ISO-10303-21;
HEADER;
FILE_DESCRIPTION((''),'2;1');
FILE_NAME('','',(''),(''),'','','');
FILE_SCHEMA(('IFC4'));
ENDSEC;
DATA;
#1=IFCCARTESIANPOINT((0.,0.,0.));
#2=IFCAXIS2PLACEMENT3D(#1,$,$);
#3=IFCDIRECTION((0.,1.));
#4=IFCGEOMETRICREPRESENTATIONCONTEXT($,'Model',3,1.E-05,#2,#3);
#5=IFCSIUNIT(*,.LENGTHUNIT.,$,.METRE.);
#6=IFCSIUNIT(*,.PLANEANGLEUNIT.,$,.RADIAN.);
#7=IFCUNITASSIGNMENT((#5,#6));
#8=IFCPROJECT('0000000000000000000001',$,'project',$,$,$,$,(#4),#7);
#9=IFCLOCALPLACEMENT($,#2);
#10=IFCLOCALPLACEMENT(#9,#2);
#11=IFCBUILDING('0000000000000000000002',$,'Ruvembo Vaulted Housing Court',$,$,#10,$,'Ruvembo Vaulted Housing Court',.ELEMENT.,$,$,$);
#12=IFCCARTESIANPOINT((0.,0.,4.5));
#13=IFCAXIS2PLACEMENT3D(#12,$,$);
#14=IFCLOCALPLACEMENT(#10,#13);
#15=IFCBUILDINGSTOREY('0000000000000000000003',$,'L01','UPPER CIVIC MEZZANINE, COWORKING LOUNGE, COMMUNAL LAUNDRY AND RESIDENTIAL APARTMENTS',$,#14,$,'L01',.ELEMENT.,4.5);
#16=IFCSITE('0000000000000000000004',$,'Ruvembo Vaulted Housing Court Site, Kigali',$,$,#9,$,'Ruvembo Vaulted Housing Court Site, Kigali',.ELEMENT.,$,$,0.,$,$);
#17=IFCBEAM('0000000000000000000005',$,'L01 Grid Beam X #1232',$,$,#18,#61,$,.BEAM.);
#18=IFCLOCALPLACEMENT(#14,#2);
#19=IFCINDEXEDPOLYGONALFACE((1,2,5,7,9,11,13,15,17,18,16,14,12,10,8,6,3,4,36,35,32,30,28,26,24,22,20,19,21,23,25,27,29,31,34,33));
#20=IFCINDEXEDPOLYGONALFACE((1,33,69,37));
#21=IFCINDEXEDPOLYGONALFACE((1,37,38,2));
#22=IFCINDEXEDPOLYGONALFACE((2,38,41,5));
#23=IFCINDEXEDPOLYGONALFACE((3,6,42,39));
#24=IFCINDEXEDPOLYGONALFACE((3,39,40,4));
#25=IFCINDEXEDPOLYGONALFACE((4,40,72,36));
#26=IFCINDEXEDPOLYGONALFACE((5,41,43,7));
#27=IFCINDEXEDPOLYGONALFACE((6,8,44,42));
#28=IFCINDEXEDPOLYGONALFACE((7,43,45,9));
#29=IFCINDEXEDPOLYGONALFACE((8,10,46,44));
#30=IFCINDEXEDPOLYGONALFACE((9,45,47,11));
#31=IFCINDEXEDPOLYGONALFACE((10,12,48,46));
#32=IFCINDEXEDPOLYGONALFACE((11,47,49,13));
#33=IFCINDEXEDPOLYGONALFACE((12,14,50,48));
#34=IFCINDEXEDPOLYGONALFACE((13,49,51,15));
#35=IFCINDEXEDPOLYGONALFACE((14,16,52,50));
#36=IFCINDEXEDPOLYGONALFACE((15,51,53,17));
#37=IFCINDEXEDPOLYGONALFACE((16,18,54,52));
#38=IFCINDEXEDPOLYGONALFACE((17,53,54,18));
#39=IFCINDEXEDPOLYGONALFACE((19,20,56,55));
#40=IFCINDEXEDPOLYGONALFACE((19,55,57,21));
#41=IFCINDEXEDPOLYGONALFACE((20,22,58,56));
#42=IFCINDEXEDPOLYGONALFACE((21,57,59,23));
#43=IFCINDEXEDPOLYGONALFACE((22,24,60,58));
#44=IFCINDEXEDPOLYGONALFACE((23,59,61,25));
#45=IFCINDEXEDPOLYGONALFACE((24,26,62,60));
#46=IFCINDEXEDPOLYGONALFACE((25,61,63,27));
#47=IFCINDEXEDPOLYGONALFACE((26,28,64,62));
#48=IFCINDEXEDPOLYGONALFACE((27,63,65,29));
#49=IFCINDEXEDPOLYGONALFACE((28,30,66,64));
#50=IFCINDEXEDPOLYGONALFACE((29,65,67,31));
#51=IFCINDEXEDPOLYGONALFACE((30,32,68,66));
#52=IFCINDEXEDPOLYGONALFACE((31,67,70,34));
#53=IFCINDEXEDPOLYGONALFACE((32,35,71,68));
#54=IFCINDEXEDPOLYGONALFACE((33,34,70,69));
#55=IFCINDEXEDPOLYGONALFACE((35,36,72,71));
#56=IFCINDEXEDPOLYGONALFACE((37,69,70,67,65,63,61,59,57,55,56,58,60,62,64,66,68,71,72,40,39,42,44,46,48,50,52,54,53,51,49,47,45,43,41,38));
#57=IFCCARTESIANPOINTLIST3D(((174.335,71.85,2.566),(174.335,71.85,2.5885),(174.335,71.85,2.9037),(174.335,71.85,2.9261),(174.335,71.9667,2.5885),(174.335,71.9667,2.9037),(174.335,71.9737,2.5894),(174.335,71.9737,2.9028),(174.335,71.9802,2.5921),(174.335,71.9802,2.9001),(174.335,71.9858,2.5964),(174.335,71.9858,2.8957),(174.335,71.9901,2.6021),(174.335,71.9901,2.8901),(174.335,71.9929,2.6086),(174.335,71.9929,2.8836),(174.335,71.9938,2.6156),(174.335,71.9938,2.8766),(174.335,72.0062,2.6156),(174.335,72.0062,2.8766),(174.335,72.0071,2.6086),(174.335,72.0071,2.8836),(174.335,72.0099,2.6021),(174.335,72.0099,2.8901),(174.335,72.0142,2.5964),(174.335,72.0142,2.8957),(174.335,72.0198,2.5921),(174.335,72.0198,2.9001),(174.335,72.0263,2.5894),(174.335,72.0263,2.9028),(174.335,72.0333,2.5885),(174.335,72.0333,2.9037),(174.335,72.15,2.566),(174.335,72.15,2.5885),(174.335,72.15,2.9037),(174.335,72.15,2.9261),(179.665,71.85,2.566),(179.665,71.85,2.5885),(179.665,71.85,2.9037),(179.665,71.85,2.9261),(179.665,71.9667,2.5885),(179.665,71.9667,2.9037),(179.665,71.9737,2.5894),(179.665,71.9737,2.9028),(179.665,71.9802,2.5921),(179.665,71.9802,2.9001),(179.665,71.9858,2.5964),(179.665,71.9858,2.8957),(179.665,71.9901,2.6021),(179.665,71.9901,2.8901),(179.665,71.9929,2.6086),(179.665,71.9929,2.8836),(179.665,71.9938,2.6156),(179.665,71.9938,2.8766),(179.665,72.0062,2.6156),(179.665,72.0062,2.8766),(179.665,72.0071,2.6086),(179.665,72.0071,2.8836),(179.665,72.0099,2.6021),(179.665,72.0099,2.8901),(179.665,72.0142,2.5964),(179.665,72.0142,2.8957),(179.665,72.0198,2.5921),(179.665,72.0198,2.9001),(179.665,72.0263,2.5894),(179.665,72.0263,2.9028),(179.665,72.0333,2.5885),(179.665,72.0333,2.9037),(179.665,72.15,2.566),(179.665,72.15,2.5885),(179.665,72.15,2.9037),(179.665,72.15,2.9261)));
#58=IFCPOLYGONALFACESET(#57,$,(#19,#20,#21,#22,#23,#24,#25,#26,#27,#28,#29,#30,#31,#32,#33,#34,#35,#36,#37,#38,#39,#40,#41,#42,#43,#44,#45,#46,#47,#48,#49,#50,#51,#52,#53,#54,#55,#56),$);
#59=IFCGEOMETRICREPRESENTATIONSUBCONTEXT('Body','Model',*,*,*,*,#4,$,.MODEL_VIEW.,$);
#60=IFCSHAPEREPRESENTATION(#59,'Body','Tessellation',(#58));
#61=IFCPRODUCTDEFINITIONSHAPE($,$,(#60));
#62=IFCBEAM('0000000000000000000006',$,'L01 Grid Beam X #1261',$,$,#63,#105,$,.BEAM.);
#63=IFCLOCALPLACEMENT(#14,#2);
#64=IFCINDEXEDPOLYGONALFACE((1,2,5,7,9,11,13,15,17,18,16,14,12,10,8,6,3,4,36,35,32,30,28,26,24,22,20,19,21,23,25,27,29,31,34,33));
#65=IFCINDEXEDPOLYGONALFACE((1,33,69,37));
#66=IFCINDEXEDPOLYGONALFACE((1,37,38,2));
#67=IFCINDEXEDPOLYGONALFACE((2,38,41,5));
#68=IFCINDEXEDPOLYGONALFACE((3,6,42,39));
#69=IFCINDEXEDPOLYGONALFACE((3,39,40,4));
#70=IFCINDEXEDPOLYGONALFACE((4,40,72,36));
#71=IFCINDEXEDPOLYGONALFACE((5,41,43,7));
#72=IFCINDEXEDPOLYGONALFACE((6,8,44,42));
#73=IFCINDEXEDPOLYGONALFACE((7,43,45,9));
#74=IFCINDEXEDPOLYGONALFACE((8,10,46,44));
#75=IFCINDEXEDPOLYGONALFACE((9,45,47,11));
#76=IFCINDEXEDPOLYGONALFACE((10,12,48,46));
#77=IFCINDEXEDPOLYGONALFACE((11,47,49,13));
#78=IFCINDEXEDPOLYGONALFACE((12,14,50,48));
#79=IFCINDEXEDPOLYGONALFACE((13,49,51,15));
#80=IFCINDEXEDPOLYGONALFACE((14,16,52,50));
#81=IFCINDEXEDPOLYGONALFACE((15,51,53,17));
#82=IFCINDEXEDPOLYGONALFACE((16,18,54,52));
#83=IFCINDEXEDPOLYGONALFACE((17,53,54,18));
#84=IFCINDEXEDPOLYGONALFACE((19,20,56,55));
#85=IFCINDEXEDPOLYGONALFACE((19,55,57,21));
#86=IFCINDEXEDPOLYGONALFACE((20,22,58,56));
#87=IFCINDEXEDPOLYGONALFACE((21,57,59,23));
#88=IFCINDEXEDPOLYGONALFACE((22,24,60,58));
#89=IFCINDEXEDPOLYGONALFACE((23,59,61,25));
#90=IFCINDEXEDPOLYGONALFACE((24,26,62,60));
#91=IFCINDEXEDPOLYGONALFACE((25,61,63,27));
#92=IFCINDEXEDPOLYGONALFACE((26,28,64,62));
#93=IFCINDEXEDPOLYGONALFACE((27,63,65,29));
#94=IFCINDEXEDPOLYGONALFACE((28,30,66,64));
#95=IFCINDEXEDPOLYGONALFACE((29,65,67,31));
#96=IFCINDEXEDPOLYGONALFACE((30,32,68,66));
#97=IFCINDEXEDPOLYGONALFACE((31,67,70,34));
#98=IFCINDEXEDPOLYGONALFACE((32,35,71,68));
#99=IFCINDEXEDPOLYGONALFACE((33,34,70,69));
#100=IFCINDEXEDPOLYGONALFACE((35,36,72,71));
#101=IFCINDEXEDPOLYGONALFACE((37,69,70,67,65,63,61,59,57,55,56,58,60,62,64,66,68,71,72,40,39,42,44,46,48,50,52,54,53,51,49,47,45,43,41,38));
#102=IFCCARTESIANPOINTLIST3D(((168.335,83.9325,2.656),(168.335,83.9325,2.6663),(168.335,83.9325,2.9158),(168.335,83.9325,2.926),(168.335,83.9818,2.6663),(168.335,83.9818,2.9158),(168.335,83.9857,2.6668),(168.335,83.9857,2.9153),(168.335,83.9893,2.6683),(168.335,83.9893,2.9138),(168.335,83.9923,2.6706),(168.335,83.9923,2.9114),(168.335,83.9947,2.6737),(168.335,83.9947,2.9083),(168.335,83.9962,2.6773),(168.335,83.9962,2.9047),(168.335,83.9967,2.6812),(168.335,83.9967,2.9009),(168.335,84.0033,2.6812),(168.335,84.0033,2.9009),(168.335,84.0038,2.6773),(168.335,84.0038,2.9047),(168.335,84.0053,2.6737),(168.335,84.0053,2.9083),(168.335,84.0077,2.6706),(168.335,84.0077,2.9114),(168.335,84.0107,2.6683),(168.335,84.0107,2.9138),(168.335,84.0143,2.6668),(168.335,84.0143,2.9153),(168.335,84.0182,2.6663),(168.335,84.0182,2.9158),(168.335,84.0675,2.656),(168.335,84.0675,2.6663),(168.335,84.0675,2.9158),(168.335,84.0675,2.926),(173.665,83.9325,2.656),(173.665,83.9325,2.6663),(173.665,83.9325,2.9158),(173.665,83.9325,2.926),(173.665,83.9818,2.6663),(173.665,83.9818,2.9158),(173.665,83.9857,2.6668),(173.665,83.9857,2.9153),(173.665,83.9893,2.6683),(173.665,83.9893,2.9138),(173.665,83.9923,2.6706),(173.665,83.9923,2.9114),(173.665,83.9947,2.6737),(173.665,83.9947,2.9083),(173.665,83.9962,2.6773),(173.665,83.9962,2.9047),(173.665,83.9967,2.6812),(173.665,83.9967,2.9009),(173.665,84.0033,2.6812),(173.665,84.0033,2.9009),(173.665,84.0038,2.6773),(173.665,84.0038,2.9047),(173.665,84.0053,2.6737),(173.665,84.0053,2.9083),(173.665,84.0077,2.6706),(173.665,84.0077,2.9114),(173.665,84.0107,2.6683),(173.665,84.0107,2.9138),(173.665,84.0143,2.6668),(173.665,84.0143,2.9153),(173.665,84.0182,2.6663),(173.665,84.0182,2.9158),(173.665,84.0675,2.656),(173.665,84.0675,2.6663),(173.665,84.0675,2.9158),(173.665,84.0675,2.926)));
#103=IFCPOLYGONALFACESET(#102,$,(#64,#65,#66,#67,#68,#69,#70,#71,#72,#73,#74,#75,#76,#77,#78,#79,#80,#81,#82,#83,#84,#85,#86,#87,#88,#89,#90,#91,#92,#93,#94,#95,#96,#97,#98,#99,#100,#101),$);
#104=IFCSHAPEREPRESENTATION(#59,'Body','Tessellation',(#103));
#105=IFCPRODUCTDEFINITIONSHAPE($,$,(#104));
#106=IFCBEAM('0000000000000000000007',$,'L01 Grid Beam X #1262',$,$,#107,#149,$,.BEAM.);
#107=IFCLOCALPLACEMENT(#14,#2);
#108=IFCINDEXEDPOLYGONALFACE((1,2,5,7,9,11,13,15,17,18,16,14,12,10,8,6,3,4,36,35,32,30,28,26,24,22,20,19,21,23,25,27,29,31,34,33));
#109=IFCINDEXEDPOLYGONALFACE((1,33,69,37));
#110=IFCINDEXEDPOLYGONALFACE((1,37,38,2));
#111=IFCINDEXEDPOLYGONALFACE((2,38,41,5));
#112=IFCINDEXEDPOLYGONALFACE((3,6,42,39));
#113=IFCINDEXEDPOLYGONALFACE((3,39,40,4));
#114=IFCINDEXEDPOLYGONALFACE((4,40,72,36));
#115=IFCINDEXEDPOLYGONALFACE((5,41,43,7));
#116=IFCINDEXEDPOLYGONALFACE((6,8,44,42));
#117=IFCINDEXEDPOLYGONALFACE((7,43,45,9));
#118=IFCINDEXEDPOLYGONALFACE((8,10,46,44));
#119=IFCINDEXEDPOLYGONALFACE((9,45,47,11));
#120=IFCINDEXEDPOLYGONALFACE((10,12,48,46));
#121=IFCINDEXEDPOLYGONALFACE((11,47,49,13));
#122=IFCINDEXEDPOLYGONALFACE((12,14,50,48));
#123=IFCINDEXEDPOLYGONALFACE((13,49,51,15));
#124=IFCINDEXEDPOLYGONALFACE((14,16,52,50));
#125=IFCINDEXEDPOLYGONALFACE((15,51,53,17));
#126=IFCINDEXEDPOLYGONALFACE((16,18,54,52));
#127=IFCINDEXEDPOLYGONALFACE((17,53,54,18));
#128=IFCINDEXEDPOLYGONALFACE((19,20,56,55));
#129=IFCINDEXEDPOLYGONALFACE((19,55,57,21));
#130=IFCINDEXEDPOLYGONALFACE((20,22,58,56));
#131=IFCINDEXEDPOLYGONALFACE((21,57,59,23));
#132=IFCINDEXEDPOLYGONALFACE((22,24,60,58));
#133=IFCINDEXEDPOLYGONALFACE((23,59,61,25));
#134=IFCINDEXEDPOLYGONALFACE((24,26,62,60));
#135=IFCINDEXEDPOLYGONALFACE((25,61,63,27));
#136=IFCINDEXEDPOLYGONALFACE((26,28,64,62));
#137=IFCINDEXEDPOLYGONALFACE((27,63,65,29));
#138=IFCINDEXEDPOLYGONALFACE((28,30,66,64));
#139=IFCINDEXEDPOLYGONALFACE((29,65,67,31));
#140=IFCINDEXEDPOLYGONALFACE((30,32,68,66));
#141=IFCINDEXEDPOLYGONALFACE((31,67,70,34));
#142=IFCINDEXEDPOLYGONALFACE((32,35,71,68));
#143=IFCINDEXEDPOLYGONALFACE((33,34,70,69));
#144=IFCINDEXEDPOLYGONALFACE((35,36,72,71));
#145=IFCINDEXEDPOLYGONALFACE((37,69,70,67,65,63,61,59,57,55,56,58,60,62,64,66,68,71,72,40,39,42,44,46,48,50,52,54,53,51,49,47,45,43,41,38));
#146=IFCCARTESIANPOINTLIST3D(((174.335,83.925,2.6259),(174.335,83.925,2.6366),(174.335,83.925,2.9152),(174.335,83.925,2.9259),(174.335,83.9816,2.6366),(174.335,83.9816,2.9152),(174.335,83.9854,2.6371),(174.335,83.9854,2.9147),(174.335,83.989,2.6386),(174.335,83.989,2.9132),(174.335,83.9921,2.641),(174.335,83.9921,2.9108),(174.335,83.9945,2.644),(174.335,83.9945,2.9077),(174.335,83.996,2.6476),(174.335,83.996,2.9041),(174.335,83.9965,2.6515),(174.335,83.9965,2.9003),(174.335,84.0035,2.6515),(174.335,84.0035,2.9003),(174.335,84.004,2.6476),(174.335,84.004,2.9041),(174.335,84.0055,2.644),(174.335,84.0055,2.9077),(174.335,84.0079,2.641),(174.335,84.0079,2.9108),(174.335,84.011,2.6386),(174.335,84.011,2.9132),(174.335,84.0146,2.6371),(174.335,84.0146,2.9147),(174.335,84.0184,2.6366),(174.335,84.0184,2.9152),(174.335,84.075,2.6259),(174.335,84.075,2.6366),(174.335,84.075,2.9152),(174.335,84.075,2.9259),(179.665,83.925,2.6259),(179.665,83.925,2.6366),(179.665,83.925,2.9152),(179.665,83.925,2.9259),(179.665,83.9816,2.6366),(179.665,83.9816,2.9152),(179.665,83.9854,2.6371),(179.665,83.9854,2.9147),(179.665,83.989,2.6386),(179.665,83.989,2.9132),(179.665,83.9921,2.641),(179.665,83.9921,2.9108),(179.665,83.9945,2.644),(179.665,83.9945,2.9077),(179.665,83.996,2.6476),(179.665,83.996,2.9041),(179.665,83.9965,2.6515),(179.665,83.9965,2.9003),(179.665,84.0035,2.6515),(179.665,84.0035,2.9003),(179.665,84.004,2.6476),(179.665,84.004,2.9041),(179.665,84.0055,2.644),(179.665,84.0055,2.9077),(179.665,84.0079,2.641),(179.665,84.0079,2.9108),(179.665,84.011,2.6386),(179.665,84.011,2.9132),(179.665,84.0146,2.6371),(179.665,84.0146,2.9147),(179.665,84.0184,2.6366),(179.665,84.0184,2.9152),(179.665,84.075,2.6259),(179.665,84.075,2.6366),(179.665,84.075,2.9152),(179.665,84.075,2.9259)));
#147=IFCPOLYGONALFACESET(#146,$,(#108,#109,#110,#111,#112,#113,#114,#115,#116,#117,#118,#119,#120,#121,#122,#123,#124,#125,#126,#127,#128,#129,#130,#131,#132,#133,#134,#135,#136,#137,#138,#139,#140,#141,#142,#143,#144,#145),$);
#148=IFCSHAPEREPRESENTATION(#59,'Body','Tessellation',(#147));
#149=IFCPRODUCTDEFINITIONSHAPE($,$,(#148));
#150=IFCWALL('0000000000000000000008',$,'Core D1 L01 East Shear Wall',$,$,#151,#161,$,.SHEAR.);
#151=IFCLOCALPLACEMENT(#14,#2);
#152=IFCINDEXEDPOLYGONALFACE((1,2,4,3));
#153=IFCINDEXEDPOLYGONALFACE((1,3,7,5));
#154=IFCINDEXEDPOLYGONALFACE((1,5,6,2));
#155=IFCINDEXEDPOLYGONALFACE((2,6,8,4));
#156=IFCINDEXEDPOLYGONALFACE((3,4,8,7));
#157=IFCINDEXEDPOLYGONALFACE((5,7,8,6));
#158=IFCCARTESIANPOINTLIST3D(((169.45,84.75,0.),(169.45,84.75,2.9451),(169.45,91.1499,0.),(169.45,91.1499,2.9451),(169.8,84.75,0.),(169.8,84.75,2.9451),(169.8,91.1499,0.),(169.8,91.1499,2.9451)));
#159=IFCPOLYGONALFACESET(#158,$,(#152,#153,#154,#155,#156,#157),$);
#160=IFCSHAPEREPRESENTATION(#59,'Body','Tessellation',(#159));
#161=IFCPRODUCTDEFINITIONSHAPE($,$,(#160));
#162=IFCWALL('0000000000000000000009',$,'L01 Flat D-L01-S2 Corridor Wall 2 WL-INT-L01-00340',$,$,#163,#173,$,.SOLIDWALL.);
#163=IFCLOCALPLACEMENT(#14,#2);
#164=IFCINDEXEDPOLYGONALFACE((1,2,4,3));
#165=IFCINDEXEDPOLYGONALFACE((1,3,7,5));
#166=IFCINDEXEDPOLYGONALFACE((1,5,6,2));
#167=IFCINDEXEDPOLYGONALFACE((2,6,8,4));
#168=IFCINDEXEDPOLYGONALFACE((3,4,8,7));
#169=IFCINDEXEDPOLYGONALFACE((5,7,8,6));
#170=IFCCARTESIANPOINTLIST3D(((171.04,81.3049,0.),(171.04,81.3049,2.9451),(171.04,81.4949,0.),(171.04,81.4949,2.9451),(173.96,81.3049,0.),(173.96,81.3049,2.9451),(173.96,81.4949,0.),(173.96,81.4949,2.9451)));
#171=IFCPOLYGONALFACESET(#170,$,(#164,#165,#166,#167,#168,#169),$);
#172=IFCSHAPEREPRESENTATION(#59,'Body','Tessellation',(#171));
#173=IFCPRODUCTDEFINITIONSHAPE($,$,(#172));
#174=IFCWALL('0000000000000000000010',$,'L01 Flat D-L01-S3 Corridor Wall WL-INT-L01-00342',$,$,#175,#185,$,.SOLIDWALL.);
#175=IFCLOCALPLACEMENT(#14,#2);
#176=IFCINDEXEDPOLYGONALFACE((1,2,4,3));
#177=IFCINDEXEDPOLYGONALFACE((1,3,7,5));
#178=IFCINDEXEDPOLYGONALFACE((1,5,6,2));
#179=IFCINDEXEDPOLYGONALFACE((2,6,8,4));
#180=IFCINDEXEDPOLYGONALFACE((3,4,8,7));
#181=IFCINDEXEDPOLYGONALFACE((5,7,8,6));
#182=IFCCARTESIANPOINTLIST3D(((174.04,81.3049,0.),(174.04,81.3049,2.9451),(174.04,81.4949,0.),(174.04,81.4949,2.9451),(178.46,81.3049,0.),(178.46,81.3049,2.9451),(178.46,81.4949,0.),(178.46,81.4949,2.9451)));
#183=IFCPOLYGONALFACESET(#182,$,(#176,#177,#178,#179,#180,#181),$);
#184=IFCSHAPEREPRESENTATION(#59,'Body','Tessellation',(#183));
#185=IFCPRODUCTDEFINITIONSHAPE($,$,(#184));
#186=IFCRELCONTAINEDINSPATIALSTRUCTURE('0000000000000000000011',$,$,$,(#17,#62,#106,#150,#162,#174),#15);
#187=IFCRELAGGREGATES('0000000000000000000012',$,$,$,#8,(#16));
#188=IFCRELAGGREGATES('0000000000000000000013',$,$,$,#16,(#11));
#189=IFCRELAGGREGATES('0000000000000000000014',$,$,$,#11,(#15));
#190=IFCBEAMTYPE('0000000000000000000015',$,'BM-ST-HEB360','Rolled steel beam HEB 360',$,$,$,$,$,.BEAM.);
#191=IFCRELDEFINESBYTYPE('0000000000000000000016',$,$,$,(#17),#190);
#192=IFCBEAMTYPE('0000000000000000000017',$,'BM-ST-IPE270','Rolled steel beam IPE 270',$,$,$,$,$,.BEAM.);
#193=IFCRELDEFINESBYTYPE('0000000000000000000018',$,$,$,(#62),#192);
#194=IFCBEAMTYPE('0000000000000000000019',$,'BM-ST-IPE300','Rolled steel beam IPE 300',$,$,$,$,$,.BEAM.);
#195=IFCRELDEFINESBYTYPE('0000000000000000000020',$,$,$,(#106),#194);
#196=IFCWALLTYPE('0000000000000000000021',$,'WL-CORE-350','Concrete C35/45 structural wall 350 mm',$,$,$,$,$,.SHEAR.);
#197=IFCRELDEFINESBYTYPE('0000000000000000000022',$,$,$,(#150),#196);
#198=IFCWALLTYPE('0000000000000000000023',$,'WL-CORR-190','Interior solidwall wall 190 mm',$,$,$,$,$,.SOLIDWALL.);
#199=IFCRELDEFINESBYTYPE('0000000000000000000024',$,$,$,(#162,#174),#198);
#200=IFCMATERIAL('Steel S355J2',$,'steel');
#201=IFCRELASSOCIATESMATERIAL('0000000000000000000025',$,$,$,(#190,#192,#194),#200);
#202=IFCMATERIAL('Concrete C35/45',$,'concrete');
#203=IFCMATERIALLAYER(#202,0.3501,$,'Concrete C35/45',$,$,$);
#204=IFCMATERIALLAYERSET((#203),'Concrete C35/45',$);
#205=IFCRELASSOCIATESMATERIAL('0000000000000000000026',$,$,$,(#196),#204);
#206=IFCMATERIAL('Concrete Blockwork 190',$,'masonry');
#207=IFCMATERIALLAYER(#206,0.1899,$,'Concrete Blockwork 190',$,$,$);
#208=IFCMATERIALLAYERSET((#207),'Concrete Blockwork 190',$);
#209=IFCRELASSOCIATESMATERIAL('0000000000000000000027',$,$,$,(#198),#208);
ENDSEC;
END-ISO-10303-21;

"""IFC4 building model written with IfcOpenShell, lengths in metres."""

from ifc_helpers import new_model, si_unit, direction, frame, frame_2d, origin, origin_2d, place, context, subcontext, project, spatial, rectangle, i_section, extrude, material, layer, layer_set, material_profile, profile_set, type_object, element, save


model = new_model("IFC4")

# Units and contexts
model_context = context("Model", 3, precision=1e-05, world=origin(), true_north=direction((0.0, 1.0)))
body_context = subcontext(model_context, "Body", "Model", "MODEL_VIEW")
ifc_project = project(units=[si_unit("LENGTHUNIT", "METRE"), si_unit("PLANEANGLEUNIT", "RADIAN")], contexts=[model_context])

# Site, building, storey
site_placement = place(None, origin())
site = spatial("IfcSite", under=ifc_project, at=site_placement, Name="Ruvembo Vaulted Housing Court Site, Kigali", LongName="Ruvembo Vaulted Housing Court Site, Kigali", CompositionType="ELEMENT", RefElevation=0.0)
building_placement = place(site_placement, origin())
building = spatial("IfcBuilding", under=site, at=building_placement, Name="Ruvembo Vaulted Housing Court", LongName="Ruvembo Vaulted Housing Court", CompositionType="ELEMENT")
storey_placement = place(building_placement, frame((0.0, 0.0, 4.5)))
storey = spatial("IfcBuildingStorey", under=building, at=storey_placement, Name="L01", Description="UPPER CIVIC MEZZANINE, COWORKING LOUNGE, COMMUNAL LAUNDRY AND RESIDENTIAL APARTMENTS", LongName="L01", CompositionType="ELEMENT", Elevation=4.5)

# Beams
ifc_material_1 = material(Name="Steel S355J2", Category="steel")
ifc_material_profile_1 = material_profile(ifc_material_1, i_section(OverallWidth=0.3, OverallDepth=0.3601, WebThickness=0.0125, FlangeThickness=0.0225, FilletRadius=0.0271, at=origin_2d()), Name="HEB 360")
ifc_profile_set_1 = profile_set([ifc_material_profile_1], Name="Steel S355J2")
beam_type_1 = type_object("IfcBeamType", Name="BM-ST-HEB360", Description="Rolled steel beam HEB 360", PredefinedType="BEAM", material=ifc_profile_set_1)
beam_1_placement = place(storey_placement, frame((174.335, 72.0, 2.7461), z_axis=(1.0, 0.0, 0.0), x_axis=(0.0, 1.0, 0.0)))
element("IfcBeam", 1, at=beam_1_placement, inside=storey, type_object=beam_type_1, Name="L01 Grid Beam X #1232", PredefinedType="BEAM", context=body_context, shape_type="SweptSolid", body=[
    extrude(i_section(OverallWidth=0.3, OverallDepth=0.3601, WebThickness=0.0125, FlangeThickness=0.0225, FilletRadius=0.0271, at=origin_2d()), origin(), (0.0, 0.0, 1.0), 5.3301),
])
ifc_material_profile_2 = material_profile(ifc_material_1, i_section(OverallWidth=0.135, OverallDepth=0.27, WebThickness=0.0066, FlangeThickness=0.0103, FilletRadius=0.0149, at=origin_2d()), Name="IPE 270")
ifc_profile_set_2 = profile_set([ifc_material_profile_2], Name="Steel S355J2")
beam_type_2 = type_object("IfcBeamType", Name="BM-ST-IPE270", Description="Rolled steel beam IPE 270", PredefinedType="BEAM", material=ifc_profile_set_2)
beam_2_placement = place(storey_placement, frame((168.335, 84.0, 2.791), z_axis=(1.0, 0.0, 0.0), x_axis=(0.0, 1.0, 0.0)))
element("IfcBeam", 2, at=beam_2_placement, inside=storey, type_object=beam_type_2, Name="L01 Grid Beam X #1261", PredefinedType="BEAM", context=body_context, shape_type="SweptSolid", body=[
    extrude(i_section(OverallWidth=0.135, OverallDepth=0.27, WebThickness=0.0066, FlangeThickness=0.0103, FilletRadius=0.0149, at=origin_2d()), origin(), (0.0, 0.0, 1.0), 5.3301),
])
ifc_material_profile_3 = material_profile(ifc_material_1, i_section(OverallWidth=0.1499, OverallDepth=0.3, WebThickness=0.0071, FlangeThickness=0.0107, FilletRadius=0.0149, at=origin_2d()), Name="IPE 300")
ifc_profile_set_3 = profile_set([ifc_material_profile_3], Name="Steel S355J2")
beam_type_3 = type_object("IfcBeamType", Name="BM-ST-IPE300", Description="Rolled steel beam IPE 300", PredefinedType="BEAM", material=ifc_profile_set_3)
beam_3_placement = place(storey_placement, frame((174.335, 84.0, 2.7759), z_axis=(1.0, 0.0, 0.0), x_axis=(0.0, 1.0, 0.0)))
element("IfcBeam", 3, at=beam_3_placement, inside=storey, type_object=beam_type_3, Name="L01 Grid Beam X #1262", PredefinedType="BEAM", context=body_context, shape_type="SweptSolid", body=[
    extrude(i_section(OverallWidth=0.1499, OverallDepth=0.3, WebThickness=0.0071, FlangeThickness=0.0107, FilletRadius=0.0149, at=origin_2d()), origin(), (0.0, 0.0, 1.0), 5.3301),
])

# Wall
ifc_material_2 = material(Name="Concrete C35/45", Category="concrete")
ifc_layer_1 = layer(ifc_material_2, 0.3501, Name="Concrete C35/45")
ifc_layer_set_1 = layer_set([ifc_layer_1], Name="Concrete C35/45")
wall_type_1 = type_object("IfcWallType", Name="WL-CORE-350", Description="Concrete C35/45 structural wall 350 mm", PredefinedType="SHEAR", material=ifc_layer_set_1)
wall_1_placement = place(storey_placement, frame((169.625, 84.75, 0.0), z_axis=(0.0, 0.0, 1.0), x_axis=(0.0, 1.0, 0.0)))
element("IfcWall", 4, at=wall_1_placement, inside=storey, type_object=wall_type_1, Name="Core D1 L01 East Shear Wall", PredefinedType="SHEAR", context=body_context, shape_type="SweptSolid", body=[
    extrude(rectangle(XDim=6.3999, YDim=0.3501, at=frame_2d((3.2, 0.0))), origin(), (0.0, 0.0, 1.0), 2.9451),
])

# Walls
ifc_material_3 = material(Name="Concrete Blockwork 190", Category="masonry")
ifc_layer_2 = layer(ifc_material_3, 0.1899, Name="Concrete Blockwork 190")
ifc_layer_set_2 = layer_set([ifc_layer_2], Name="Concrete Blockwork 190")
wall_type_2 = type_object("IfcWallType", Name="WL-CORR-190", Description="Interior solidwall wall 190 mm", PredefinedType="SOLIDWALL", material=ifc_layer_set_2)
wall_2_placement = place(storey_placement, frame((171.04, 81.3999, 0.0), z_axis=(0.0, 0.0, 1.0), x_axis=(1.0, 0.0, 0.0)))
element("IfcWall", 5, at=wall_2_placement, inside=storey, type_object=wall_type_2, Name="L01 Flat D-L01-S2 Corridor Wall 2 WL-INT-L01-00340", PredefinedType="SOLIDWALL", context=body_context, shape_type="SweptSolid", body=[
    extrude(rectangle(XDim=2.9199, YDim=0.1899, at=frame_2d((1.46, 0.0))), origin(), (0.0, 0.0, 1.0), 2.9451),
])
wall_3_placement = place(storey_placement, frame((174.04, 81.3999, 0.0), z_axis=(0.0, 0.0, 1.0), x_axis=(1.0, 0.0, 0.0)))
element("IfcWall", 6, at=wall_3_placement, inside=storey, type_object=wall_type_2, Name="L01 Flat D-L01-S3 Corridor Wall WL-INT-L01-00342", PredefinedType="SOLIDWALL", context=body_context, shape_type="SweptSolid", body=[
    extrude(rectangle(XDim=4.4199, YDim=0.1899, at=frame_2d((2.21, 0.0))), origin(), (0.0, 0.0, 1.0), 2.9451),
])

save(model, "model.ifc")
